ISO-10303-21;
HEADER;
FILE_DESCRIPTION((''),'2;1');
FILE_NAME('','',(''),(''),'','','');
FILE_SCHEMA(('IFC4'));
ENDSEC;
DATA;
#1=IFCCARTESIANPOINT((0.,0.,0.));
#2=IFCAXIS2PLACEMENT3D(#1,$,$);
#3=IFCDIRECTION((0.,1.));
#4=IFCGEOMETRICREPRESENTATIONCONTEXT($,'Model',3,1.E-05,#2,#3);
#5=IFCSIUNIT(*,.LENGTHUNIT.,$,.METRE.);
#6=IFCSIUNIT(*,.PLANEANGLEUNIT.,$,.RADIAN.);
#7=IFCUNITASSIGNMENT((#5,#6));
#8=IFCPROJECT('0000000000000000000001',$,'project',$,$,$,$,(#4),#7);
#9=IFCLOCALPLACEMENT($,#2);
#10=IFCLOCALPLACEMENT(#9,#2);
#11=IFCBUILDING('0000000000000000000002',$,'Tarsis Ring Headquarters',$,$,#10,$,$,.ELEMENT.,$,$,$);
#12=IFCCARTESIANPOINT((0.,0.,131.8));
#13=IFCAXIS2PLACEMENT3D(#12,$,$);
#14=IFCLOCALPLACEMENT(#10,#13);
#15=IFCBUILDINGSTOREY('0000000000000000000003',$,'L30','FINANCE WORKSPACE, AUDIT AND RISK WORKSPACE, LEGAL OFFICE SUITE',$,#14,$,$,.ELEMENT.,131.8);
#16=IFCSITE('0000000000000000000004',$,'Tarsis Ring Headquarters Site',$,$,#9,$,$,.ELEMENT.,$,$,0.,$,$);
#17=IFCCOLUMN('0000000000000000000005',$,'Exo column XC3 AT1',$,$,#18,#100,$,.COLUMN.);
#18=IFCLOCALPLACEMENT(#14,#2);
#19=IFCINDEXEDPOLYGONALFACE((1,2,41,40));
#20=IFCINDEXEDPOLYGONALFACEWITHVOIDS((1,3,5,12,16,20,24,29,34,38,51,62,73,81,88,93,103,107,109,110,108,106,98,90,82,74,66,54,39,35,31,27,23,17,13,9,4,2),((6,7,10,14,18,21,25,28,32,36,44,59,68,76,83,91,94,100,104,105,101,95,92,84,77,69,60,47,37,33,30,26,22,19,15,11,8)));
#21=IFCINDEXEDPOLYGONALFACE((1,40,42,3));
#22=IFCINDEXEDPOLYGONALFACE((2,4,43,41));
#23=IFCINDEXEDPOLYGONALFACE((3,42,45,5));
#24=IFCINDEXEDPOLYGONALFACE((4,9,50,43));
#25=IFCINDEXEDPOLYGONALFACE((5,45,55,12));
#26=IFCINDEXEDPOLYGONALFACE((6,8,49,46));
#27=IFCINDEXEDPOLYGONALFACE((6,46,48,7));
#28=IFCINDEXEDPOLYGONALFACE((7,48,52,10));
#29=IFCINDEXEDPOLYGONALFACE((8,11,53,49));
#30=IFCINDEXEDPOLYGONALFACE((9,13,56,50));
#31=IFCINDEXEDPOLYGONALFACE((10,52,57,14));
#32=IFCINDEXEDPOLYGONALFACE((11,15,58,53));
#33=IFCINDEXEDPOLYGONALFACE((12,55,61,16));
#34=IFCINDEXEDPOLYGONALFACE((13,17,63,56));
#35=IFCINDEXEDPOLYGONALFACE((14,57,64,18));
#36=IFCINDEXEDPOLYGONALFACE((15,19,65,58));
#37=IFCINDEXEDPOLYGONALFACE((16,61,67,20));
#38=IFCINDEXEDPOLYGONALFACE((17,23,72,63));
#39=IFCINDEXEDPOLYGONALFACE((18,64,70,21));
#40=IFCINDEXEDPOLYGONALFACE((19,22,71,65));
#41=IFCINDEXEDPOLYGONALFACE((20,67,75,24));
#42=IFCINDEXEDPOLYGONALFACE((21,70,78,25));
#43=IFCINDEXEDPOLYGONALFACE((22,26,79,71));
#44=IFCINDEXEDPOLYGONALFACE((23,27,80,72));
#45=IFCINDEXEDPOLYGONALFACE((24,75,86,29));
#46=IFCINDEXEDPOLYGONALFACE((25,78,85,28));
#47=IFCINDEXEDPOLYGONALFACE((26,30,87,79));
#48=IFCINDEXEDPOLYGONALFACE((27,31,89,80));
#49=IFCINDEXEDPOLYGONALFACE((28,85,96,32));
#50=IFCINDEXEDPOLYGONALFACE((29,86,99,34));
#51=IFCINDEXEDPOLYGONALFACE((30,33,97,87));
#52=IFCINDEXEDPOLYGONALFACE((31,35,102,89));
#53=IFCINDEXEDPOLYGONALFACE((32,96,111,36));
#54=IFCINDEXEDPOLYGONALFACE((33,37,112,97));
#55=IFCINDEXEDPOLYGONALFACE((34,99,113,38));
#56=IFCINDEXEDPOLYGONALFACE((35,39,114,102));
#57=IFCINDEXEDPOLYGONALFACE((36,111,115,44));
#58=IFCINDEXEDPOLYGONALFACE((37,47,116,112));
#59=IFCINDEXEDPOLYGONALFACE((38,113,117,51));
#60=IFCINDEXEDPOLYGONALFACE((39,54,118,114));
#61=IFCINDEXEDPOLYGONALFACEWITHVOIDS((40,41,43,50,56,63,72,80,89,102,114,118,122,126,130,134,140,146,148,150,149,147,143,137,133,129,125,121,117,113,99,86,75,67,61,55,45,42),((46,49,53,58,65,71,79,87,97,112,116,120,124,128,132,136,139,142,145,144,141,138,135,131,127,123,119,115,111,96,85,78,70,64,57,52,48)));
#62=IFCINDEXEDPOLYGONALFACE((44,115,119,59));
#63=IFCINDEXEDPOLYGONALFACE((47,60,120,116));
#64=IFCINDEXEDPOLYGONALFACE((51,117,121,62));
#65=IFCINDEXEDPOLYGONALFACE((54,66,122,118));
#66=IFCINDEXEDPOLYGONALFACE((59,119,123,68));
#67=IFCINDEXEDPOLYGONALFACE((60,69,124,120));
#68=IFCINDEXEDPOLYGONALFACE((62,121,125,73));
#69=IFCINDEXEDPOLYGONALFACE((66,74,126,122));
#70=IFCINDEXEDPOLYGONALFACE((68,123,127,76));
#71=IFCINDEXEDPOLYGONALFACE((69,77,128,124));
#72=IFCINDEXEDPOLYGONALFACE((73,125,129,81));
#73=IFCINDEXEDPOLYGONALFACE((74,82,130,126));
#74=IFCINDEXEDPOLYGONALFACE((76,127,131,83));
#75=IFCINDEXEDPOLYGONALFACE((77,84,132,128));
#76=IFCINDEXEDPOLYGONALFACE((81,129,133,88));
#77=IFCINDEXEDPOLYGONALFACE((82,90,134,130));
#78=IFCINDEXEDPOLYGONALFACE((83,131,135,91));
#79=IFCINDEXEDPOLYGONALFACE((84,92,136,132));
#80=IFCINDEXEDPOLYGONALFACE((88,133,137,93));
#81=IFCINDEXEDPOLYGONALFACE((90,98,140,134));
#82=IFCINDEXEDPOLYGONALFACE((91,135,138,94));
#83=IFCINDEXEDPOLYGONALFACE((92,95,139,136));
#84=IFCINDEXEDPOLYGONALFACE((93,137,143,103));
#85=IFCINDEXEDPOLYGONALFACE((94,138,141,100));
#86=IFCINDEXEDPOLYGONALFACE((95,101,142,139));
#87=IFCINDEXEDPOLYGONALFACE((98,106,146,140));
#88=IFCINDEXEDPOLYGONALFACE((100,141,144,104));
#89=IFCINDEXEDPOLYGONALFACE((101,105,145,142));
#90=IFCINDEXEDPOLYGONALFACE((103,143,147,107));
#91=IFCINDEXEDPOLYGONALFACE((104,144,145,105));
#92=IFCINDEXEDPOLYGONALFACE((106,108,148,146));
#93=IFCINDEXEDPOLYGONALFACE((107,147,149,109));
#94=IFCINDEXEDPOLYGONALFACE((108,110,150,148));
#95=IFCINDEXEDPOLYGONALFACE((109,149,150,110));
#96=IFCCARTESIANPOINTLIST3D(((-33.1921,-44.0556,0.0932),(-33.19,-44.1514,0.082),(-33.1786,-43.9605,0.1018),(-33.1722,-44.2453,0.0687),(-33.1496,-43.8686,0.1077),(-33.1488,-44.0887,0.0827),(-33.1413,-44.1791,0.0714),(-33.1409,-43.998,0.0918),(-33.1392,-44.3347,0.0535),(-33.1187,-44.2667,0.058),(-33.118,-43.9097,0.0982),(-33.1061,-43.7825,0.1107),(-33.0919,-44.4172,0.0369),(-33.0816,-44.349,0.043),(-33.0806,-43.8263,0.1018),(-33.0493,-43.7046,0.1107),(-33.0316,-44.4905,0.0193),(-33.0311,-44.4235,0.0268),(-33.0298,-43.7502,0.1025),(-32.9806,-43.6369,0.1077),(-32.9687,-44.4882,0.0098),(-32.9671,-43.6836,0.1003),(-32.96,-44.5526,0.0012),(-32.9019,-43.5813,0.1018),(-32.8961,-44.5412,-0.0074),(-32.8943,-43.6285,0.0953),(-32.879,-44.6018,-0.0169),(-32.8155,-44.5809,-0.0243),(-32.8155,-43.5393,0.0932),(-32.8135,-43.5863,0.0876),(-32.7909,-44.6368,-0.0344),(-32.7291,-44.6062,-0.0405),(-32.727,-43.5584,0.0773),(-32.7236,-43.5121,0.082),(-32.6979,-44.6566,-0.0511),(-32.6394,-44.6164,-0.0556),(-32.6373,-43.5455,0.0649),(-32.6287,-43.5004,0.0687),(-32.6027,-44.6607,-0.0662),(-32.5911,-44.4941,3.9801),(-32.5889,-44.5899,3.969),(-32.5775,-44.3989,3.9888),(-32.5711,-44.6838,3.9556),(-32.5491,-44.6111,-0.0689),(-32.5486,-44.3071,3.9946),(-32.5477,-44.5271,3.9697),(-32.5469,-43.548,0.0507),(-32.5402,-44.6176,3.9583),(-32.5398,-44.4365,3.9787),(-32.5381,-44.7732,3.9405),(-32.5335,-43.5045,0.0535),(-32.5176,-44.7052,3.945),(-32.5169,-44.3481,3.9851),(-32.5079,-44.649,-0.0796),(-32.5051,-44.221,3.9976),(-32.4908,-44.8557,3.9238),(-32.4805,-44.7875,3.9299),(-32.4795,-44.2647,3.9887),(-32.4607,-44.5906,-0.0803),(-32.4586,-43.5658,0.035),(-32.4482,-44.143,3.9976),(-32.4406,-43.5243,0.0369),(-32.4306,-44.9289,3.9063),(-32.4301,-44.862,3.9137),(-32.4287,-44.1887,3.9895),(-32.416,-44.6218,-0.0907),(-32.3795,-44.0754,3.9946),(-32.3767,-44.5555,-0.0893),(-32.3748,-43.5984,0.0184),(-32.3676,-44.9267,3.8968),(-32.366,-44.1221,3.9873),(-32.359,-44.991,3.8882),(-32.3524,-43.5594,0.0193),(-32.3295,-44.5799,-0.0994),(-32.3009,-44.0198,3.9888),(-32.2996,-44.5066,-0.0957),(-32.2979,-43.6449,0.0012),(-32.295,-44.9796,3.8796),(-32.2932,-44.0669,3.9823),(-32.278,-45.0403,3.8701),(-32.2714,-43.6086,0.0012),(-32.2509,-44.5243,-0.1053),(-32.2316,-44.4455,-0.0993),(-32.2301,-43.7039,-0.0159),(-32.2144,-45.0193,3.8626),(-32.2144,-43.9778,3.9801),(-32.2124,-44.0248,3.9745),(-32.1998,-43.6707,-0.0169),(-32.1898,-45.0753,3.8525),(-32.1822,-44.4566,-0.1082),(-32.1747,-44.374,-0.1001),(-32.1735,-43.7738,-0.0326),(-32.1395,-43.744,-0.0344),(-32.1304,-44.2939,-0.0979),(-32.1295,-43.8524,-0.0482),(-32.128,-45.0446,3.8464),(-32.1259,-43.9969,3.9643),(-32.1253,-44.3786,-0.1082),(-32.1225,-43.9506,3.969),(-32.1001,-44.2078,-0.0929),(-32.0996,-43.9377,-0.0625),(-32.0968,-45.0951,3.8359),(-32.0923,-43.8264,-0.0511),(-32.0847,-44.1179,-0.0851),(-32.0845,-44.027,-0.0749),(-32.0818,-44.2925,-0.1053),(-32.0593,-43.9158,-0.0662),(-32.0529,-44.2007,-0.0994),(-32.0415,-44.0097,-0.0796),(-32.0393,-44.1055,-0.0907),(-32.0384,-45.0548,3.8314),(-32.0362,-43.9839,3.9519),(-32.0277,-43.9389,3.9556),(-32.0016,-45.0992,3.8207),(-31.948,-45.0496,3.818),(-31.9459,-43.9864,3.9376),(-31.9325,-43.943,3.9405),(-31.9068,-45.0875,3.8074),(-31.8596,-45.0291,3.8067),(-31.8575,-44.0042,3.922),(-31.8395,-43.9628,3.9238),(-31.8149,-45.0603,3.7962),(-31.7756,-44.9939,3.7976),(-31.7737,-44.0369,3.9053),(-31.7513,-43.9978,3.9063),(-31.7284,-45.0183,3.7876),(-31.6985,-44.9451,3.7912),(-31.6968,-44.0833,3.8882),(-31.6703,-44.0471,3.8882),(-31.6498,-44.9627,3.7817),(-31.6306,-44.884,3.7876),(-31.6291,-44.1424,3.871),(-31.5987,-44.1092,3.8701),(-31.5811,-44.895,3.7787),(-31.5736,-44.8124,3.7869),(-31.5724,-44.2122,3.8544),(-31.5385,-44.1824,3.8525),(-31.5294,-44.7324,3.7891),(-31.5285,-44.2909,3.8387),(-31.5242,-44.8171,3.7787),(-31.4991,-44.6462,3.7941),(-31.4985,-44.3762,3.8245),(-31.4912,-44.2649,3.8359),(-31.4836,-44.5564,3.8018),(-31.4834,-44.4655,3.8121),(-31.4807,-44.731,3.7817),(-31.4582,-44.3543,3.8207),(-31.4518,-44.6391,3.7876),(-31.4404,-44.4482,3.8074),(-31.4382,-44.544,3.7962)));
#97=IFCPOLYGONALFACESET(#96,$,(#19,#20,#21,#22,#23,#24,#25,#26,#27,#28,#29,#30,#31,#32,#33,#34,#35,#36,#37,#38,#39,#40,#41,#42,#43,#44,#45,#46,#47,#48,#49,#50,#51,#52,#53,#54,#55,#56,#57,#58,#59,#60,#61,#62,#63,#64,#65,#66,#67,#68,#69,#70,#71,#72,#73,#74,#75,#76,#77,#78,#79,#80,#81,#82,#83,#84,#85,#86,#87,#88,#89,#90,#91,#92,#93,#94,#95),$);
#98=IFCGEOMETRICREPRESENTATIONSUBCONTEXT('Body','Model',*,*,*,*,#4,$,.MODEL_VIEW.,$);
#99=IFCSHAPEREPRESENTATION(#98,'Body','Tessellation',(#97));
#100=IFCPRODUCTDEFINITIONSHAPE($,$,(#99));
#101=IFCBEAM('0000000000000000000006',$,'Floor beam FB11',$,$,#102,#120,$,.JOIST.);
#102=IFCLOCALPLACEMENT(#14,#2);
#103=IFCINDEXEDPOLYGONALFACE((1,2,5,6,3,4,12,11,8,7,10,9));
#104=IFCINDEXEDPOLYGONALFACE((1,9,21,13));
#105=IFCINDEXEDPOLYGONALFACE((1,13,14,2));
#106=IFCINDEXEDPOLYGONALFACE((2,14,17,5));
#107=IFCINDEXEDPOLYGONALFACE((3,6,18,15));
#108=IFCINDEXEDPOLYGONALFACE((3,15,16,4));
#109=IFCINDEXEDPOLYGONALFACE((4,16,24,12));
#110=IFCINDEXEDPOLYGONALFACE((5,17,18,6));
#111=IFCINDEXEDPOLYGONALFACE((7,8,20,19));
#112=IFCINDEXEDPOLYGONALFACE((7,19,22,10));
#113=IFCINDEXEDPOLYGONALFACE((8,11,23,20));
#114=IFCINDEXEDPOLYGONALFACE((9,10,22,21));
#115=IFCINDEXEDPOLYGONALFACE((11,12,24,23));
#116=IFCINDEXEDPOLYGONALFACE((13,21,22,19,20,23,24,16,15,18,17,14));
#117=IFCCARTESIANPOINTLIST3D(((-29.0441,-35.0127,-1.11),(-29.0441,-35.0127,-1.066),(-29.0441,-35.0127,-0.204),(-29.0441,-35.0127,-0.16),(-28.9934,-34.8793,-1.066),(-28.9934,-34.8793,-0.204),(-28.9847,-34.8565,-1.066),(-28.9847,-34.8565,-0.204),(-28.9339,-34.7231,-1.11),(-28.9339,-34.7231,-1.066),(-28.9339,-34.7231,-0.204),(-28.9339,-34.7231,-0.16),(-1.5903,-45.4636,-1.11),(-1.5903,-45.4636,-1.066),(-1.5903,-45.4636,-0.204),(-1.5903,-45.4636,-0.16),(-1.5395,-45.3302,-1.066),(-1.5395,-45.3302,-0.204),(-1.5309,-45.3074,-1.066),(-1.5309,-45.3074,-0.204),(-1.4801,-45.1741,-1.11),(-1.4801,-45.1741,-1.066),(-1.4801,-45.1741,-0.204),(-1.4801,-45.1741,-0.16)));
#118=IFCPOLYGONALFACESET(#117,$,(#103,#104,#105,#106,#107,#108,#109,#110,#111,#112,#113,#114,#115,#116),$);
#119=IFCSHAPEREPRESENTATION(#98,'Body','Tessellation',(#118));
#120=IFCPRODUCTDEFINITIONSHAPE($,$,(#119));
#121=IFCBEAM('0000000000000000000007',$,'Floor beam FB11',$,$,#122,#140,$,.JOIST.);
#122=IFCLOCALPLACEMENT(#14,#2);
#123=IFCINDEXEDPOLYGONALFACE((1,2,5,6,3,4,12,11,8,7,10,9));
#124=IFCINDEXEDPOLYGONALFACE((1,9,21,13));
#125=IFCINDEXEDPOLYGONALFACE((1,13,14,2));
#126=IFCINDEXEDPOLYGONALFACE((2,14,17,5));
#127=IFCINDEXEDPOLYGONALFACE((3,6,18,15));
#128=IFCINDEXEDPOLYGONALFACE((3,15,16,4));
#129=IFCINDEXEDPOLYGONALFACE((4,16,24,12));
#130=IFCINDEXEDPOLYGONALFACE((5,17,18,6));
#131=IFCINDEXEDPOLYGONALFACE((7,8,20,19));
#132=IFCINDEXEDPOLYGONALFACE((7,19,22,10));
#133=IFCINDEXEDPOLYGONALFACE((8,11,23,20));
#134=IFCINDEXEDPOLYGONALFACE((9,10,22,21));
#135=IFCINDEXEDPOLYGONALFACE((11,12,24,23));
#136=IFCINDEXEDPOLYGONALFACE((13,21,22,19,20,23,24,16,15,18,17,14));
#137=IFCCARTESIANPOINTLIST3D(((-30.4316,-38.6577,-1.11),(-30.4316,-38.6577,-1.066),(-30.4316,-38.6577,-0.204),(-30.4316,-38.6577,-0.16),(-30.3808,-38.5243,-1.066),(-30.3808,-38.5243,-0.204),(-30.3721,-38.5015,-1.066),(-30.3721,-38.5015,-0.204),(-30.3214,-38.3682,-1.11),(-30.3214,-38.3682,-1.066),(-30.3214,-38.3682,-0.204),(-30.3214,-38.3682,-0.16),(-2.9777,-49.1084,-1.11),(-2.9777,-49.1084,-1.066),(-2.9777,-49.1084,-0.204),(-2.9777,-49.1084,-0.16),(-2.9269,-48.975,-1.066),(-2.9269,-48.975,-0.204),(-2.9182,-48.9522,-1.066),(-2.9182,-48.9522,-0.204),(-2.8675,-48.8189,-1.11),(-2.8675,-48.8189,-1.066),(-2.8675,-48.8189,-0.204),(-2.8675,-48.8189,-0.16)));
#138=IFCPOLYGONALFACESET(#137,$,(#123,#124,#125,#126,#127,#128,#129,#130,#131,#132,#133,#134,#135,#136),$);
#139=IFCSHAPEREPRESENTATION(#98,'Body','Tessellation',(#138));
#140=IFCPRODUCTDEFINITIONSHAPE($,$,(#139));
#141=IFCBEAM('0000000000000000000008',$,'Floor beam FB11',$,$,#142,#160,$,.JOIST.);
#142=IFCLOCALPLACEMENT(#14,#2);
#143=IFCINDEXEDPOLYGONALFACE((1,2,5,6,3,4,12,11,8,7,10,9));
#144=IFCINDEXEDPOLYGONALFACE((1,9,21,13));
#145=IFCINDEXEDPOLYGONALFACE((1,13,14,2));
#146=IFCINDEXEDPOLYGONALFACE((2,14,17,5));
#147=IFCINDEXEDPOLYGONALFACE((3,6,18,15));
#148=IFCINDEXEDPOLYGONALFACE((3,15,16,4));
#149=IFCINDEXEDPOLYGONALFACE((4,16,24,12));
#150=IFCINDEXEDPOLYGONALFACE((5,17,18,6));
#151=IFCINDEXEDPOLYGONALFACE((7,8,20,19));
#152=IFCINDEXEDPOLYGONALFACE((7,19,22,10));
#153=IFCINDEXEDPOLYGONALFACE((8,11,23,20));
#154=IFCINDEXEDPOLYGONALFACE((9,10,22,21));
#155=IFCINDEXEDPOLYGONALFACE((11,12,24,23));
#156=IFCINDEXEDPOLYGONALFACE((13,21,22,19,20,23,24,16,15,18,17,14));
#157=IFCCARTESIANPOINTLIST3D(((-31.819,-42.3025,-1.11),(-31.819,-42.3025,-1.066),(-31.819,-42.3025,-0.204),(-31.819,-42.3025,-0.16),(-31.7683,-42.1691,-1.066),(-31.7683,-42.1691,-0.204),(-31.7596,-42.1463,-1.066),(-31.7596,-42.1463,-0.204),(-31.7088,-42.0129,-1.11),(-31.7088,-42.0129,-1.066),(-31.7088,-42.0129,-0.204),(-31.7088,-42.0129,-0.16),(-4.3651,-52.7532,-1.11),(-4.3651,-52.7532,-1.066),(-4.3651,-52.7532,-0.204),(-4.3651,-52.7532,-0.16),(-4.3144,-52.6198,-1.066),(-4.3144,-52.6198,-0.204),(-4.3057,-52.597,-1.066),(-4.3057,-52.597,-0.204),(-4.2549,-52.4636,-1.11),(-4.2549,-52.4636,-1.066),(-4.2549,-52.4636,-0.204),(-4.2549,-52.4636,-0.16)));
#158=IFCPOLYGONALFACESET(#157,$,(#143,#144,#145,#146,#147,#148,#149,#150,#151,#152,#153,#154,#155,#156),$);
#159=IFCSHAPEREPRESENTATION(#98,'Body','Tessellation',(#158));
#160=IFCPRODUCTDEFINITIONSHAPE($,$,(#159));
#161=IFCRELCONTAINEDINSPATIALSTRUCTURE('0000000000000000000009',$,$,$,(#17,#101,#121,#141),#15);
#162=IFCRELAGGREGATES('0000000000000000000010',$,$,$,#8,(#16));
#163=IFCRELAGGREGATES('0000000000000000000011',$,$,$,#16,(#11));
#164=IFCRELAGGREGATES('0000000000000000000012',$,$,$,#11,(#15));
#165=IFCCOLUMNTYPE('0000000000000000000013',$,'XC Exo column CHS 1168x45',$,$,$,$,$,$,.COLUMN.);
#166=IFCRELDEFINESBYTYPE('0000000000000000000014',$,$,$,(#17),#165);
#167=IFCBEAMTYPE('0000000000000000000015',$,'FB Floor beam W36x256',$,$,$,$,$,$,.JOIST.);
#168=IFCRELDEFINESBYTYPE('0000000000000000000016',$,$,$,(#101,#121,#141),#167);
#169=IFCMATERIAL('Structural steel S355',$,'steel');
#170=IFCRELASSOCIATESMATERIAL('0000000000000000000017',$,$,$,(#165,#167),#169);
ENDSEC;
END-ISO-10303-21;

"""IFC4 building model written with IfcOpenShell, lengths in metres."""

from ifc_helpers import new_model, si_unit, direction, frame, origin, origin_2d, place, context, subcontext, project, spatial, hollow_circle, i_section, extrude, material, material_profile, profile_set, type_object, element, save


model = new_model("IFC4")

# Units and contexts
model_context = context("Model", 3, precision=1e-05, world=origin(), true_north=direction((0.0, 1.0)))
body_context = subcontext(model_context, "Body", "Model", "MODEL_VIEW")
ifc_project = project(units=[si_unit("LENGTHUNIT", "METRE"), si_unit("PLANEANGLEUNIT", "RADIAN")], contexts=[model_context])

# Site, building, storey
site_placement = place(None, origin())
site = spatial("IfcSite", under=ifc_project, at=site_placement, Name="Tarsis Ring Headquarters Site", CompositionType="ELEMENT", RefElevation=0.0)
building_placement = place(site_placement, origin())
building = spatial("IfcBuilding", under=site, at=building_placement, Name="Tarsis Ring Headquarters", CompositionType="ELEMENT")
storey_placement = place(building_placement, frame((0.0, 0.0, 131.8)))
storey = spatial("IfcBuildingStorey", under=building, at=storey_placement, Name="L30", Description="FINANCE WORKSPACE, AUDIT AND RISK WORKSPACE, LEGAL OFFICE SUITE", CompositionType="ELEMENT", Elevation=131.8)

# Column
ifc_material_1 = material(Name="Structural steel S355", Category="steel")
ifc_material_profile_1 = material_profile(ifc_material_1, hollow_circle(Radius=0.5842, WallThickness=0.0449, at=origin_2d()), Name="CHS 1168x45")
ifc_profile_set_1 = profile_set([ifc_material_profile_1], Name="Structural steel S355")
column_type = type_object("IfcColumnType", Name="XC Exo column CHS 1168x45", PredefinedType="COLUMN", material=ifc_profile_set_1)
column_placement = place(storey_placement, frame((-32.6157, -44.0806, 0.0012), z_axis=(0.151881, -0.110796, 0.982169), x_axis=(0.589342, 0.807884, 0.0)))
element("IfcColumn", 1, at=column_placement, inside=storey, type_object=column_type, Name="Exo column XC3 AT1", PredefinedType="COLUMN", context=body_context, shape_type="SweptSolid", body=[
    extrude(hollow_circle(Radius=0.5842, WallThickness=0.0449, at=origin_2d()), origin(), (0.0, 0.0, 1.0), 3.9575),
])

# Beams
ifc_material_profile_2 = material_profile(ifc_material_1, i_section(OverallWidth=0.3098, OverallDepth=0.95, WebThickness=0.0244, FlangeThickness=0.0439, at=origin_2d()), Name="W36x256")
ifc_profile_set_2 = profile_set([ifc_material_profile_2], Name="Structural steel S355")
beam_type_1 = type_object("IfcBeamType", Name="FB Floor beam W36x256", PredefinedType="JOIST", material=ifc_profile_set_2)
for number, where, z_axis, x_axis, name in (
    (2, (-28.989, -34.8679, -0.635), (0.934575, -0.355767, 0.0), (0.355767, 0.934575, 0.0), "Floor beam FB11"),
    (3, (-30.3765, -38.5129, -0.635), (0.934577, -0.35576, 0.0), (0.35576, 0.934577, 0.0), "Floor beam FB11"),
    (4, (-31.7639, -42.1577, -0.635), (0.934577, -0.35576, 0.0), (0.35576, 0.934577, 0.0), "Floor beam FB11"),
):
    element("IfcBeam", number, at=place(storey_placement, frame(where, z_axis=z_axis, x_axis=x_axis)), inside=storey, type_object=beam_type_1, Name=name, PredefinedType="JOIST", context=body_context, shape_type="SweptSolid", body=[
        extrude(i_section(OverallWidth=0.3098, OverallDepth=0.95, WebThickness=0.0244, FlangeThickness=0.0439, at=origin_2d()), origin(), (0.0, 0.0, 1.0), 29.3757),
    ])

save(model, "model.ifc")
